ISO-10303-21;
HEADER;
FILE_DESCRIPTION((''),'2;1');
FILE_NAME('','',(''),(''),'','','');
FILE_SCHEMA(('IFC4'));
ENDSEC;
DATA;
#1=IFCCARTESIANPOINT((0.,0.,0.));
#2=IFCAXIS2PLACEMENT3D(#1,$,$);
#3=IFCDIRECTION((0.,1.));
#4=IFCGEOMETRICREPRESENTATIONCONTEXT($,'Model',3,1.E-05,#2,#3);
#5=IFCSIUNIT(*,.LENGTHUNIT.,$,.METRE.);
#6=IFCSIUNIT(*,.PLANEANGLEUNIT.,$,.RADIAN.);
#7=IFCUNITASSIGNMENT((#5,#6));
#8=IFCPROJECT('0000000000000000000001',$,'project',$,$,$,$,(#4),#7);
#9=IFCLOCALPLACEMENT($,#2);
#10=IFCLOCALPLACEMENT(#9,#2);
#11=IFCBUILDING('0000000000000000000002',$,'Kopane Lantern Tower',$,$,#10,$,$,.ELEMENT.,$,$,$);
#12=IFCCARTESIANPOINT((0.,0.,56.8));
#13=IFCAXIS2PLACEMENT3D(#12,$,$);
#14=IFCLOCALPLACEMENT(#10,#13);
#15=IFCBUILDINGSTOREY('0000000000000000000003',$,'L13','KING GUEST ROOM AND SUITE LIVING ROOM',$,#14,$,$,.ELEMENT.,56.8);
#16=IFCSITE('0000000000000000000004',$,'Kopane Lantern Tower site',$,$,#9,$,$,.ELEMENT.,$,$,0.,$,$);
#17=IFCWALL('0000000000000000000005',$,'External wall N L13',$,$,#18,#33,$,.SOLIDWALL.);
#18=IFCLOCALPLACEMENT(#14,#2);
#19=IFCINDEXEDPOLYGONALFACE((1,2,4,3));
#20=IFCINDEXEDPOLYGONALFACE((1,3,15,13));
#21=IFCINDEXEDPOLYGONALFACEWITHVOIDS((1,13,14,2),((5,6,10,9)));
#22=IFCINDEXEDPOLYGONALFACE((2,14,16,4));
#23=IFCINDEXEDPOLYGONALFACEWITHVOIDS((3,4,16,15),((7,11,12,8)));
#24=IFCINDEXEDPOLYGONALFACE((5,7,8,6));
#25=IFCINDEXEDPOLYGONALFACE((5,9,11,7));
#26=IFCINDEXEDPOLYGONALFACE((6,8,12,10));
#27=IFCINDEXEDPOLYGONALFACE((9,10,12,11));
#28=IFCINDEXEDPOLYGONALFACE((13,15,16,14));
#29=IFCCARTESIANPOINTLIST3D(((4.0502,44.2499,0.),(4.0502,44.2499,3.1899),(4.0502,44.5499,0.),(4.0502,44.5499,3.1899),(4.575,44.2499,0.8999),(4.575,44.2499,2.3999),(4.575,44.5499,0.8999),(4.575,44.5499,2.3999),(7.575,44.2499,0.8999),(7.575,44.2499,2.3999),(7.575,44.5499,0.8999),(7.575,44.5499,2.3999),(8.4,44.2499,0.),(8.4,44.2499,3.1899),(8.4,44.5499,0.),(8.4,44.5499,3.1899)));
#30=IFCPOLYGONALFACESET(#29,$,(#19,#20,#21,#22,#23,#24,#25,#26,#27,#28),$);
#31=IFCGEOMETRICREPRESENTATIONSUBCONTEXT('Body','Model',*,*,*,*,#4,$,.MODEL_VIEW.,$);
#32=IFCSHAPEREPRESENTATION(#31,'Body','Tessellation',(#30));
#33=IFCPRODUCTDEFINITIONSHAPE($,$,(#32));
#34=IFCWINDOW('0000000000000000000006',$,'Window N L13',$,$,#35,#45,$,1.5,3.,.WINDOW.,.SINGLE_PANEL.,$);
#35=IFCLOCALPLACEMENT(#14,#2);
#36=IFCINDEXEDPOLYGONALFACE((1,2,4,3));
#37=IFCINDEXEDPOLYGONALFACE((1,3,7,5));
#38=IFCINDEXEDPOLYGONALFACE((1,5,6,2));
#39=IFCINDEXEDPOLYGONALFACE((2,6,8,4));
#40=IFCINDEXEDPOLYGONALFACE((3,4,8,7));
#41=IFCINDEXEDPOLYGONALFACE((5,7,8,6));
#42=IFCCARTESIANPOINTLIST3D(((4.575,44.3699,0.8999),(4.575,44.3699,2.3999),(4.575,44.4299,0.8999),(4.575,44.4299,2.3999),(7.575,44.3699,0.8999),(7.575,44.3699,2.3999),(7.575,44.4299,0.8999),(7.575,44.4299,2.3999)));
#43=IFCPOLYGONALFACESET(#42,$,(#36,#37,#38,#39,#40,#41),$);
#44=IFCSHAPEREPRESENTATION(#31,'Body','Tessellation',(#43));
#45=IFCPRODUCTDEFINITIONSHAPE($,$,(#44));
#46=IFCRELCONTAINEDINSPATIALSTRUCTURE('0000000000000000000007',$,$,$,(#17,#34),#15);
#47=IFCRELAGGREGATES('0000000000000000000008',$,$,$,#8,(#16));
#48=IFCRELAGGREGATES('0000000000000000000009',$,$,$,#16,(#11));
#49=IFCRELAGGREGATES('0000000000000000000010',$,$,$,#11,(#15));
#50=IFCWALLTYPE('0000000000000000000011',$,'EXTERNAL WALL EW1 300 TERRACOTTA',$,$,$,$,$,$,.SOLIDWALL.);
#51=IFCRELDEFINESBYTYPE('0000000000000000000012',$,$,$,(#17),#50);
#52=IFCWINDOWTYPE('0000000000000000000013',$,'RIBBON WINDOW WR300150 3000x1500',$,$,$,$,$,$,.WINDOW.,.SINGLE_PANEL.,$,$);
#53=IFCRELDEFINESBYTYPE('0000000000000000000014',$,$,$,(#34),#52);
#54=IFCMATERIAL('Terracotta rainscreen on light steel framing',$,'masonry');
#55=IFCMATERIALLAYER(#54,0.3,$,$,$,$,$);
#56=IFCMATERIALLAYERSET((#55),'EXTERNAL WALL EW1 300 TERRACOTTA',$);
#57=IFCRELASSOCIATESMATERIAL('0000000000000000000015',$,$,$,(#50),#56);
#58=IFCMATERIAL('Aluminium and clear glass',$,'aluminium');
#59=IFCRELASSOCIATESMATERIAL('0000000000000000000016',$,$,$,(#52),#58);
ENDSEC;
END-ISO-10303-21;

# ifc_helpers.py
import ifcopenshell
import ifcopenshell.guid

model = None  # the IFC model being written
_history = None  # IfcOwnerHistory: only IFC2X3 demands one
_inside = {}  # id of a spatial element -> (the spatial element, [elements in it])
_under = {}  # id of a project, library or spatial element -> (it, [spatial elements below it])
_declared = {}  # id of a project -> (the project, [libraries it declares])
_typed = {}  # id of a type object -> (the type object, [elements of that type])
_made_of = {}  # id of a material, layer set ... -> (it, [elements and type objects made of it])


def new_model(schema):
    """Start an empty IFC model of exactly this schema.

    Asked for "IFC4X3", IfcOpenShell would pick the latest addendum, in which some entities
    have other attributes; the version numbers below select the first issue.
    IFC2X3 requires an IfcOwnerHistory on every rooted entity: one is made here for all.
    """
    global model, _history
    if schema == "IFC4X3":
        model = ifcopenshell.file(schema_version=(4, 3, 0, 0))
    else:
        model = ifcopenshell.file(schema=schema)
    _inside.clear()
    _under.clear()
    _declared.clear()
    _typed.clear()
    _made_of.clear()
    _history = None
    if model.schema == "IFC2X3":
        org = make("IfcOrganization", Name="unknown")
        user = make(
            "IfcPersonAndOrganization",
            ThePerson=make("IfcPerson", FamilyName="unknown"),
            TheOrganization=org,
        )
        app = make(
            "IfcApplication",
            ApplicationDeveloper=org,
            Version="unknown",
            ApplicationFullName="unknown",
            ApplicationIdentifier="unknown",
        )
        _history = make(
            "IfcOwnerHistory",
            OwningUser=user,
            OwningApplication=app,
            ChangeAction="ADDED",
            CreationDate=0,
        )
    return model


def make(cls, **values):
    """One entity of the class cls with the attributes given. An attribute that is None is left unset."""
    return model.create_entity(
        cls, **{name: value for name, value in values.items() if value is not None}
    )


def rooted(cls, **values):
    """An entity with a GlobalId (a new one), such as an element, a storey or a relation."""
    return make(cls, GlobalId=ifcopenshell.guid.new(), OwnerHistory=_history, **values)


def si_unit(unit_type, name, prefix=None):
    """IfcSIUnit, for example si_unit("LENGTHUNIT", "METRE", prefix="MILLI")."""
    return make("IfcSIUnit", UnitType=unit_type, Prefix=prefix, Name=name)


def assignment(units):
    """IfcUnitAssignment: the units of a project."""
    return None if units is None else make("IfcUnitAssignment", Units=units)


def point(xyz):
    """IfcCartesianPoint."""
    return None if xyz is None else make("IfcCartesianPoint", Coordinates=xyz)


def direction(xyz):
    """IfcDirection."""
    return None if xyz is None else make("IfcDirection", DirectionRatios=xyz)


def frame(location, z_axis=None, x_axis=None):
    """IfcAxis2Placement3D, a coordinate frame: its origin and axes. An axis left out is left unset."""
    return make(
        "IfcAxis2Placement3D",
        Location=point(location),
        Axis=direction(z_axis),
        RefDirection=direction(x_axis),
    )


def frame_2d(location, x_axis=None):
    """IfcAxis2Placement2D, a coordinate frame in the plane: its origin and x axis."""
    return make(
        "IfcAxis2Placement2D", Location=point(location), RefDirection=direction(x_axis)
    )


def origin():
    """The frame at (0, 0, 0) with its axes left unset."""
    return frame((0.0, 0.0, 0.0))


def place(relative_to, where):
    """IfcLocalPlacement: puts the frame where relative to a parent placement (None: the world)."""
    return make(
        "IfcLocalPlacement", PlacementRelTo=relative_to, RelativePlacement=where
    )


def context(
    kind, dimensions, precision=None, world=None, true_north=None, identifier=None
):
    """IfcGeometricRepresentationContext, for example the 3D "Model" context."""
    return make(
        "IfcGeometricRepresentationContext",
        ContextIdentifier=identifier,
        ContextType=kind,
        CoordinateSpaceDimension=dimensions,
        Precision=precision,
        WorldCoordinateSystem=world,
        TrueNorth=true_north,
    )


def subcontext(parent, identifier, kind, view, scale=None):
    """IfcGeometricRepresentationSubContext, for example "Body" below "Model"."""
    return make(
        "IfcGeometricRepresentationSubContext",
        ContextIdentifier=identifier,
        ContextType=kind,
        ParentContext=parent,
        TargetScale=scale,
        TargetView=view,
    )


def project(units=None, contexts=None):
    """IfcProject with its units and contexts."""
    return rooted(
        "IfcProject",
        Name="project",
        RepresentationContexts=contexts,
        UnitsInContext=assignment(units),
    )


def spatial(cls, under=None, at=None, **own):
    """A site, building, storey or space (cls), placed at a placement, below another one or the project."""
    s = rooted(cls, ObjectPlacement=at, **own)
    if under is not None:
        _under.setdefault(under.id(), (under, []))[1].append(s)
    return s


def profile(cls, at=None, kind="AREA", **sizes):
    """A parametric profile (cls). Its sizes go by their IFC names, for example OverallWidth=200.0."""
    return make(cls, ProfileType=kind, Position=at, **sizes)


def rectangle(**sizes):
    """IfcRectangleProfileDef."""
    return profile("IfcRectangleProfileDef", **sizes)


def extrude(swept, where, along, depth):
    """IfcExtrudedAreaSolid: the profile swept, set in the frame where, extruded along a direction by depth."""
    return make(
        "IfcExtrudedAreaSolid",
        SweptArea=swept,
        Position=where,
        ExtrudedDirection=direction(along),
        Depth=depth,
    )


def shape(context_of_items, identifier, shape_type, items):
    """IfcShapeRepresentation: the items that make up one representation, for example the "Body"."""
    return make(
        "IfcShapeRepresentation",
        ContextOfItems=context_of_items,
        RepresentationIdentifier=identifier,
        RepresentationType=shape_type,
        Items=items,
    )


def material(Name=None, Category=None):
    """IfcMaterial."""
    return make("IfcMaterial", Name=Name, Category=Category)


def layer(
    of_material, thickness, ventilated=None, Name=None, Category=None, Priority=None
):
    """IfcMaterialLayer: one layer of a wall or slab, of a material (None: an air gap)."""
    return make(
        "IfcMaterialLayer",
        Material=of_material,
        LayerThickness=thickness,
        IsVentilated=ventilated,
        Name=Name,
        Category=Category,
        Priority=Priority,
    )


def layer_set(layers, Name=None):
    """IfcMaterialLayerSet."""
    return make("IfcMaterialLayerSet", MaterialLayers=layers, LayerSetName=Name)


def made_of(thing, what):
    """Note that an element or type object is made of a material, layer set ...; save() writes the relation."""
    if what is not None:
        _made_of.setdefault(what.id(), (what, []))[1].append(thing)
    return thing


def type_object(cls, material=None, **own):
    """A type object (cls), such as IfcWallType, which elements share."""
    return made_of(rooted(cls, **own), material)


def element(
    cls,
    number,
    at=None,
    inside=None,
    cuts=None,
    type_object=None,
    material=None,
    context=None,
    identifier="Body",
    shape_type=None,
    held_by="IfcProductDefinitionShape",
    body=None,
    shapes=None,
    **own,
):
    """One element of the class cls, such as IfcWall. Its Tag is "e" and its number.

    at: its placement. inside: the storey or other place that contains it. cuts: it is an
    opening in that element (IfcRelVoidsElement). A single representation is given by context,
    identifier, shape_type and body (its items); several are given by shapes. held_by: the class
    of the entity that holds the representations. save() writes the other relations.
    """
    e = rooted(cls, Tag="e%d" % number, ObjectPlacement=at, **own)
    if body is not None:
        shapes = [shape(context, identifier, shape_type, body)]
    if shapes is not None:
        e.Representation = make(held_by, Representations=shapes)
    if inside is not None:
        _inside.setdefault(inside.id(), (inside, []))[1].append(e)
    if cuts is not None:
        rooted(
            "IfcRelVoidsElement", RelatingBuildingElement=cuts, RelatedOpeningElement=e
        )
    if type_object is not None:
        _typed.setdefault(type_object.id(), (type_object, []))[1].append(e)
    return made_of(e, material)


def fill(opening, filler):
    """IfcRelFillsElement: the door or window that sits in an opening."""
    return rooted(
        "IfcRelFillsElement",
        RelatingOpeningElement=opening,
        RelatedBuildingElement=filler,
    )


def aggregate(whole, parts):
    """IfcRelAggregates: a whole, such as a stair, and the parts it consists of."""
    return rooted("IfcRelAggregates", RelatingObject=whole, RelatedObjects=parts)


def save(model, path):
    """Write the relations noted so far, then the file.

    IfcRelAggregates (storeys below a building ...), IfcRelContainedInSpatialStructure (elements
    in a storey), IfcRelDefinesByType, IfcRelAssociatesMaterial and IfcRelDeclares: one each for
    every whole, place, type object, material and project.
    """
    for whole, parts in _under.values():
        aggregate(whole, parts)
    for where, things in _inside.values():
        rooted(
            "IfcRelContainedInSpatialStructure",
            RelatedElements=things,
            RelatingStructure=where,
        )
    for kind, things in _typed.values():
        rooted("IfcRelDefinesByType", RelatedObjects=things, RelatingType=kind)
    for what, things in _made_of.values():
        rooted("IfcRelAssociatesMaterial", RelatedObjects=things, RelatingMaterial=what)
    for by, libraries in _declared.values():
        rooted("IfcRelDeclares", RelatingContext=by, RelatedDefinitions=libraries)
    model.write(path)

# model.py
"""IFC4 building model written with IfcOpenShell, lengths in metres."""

from ifc_helpers import new_model, si_unit, direction, frame, frame_2d, origin, place, context, subcontext, project, spatial, rectangle, extrude, material, layer, layer_set, type_object, element, fill, save


model = new_model("IFC4")

# Units and contexts
model_context = context("Model", 3, precision=1e-05, world=origin(), true_north=direction((0.0, 1.0)))
body_context = subcontext(model_context, "Body", "Model", "MODEL_VIEW")
ifc_project = project(units=[si_unit("LENGTHUNIT", "METRE"), si_unit("PLANEANGLEUNIT", "RADIAN")], contexts=[model_context])

# Site, building, storey
site_placement = place(None, origin())
site = spatial("IfcSite", under=ifc_project, at=site_placement, Name="Kopane Lantern Tower site", CompositionType="ELEMENT", RefElevation=0.0)
building_placement = place(site_placement, origin())
building = spatial("IfcBuilding", under=site, at=building_placement, Name="Kopane Lantern Tower", CompositionType="ELEMENT")
storey_placement = place(building_placement, frame((0.0, 0.0, 56.8)))
storey = spatial("IfcBuildingStorey", under=building, at=storey_placement, Name="L13", Description="KING GUEST ROOM AND SUITE LIVING ROOM", CompositionType="ELEMENT", Elevation=56.8)

# Wall, opening, window
ifc_material_1 = material(Name="Terracotta rainscreen on light steel framing", Category="masonry")
ifc_layer_1 = layer(ifc_material_1, 0.3)
ifc_layer_set_1 = layer_set([ifc_layer_1], Name="EXTERNAL WALL EW1 300 TERRACOTTA")
wall_type_1 = type_object("IfcWallType", Name="EXTERNAL WALL EW1 300 TERRACOTTA", PredefinedType="SOLIDWALL", material=ifc_layer_set_1)
ifc_material_2 = material(Name="Aluminium and clear glass", Category="aluminium")
window_type = type_object("IfcWindowType", Name="RIBBON WINDOW WR300150 3000x1500", PartitioningType="SINGLE_PANEL", PredefinedType="WINDOW", material=ifc_material_2)
wall_1_placement = place(storey_placement, frame((8.3999, 44.3999, 0.0), z_axis=(0.0, 0.0, 1.0), x_axis=(-1.0, 0.0, 0.0)))
wall_1 = element("IfcWall", 1, at=wall_1_placement, inside=storey, type_object=wall_type_1, Name="External wall N L13", PredefinedType="SOLIDWALL", context=body_context, shape_type="SweptSolid", body=[
    extrude(rectangle(XDim=4.3499, YDim=0.3, at=frame_2d((2.1748, 0.0))), origin(), (0.0, 0.0, 1.0), 3.1899),
])
opening_1_placement = place(wall_1_placement, frame((0.825, 0.0, 0.8999)))
opening_1 = element("IfcOpeningElement", 2, at=opening_1_placement, cuts=wall_1, PredefinedType="OPENING", context=body_context, shape_type="SweptSolid", body=[
    extrude(rectangle(XDim=3.0, YDim=1.5, at=frame_2d((1.5, 0.75))), frame((0.0, 0.1599, 0.0), z_axis=(0.0, -1.0, 0.0), x_axis=(1.0, 0.0, 0.0)), (0.0, 0.0, 1.0), 0.3201),
])
window_1_placement = place(opening_1_placement, origin())
window_1 = element("IfcWindow", 3, at=window_1_placement, inside=storey, type_object=window_type, Name="Window N L13", OverallHeight=1.5, OverallWidth=3.0, PartitioningType="SINGLE_PANEL", PredefinedType="WINDOW", context=body_context, shape_type="SweptSolid", body=[
    extrude(rectangle(XDim=3.0, YDim=1.5, at=frame_2d((1.5, 0.75))), frame((0.0, 0.03, 0.0), z_axis=(0.0, -1.0, 0.0), x_axis=(1.0, 0.0, 0.0)), (0.0, 0.0, 1.0), 0.0601),
])
fill(opening_1, window_1)

save(model, "model.ifc")
